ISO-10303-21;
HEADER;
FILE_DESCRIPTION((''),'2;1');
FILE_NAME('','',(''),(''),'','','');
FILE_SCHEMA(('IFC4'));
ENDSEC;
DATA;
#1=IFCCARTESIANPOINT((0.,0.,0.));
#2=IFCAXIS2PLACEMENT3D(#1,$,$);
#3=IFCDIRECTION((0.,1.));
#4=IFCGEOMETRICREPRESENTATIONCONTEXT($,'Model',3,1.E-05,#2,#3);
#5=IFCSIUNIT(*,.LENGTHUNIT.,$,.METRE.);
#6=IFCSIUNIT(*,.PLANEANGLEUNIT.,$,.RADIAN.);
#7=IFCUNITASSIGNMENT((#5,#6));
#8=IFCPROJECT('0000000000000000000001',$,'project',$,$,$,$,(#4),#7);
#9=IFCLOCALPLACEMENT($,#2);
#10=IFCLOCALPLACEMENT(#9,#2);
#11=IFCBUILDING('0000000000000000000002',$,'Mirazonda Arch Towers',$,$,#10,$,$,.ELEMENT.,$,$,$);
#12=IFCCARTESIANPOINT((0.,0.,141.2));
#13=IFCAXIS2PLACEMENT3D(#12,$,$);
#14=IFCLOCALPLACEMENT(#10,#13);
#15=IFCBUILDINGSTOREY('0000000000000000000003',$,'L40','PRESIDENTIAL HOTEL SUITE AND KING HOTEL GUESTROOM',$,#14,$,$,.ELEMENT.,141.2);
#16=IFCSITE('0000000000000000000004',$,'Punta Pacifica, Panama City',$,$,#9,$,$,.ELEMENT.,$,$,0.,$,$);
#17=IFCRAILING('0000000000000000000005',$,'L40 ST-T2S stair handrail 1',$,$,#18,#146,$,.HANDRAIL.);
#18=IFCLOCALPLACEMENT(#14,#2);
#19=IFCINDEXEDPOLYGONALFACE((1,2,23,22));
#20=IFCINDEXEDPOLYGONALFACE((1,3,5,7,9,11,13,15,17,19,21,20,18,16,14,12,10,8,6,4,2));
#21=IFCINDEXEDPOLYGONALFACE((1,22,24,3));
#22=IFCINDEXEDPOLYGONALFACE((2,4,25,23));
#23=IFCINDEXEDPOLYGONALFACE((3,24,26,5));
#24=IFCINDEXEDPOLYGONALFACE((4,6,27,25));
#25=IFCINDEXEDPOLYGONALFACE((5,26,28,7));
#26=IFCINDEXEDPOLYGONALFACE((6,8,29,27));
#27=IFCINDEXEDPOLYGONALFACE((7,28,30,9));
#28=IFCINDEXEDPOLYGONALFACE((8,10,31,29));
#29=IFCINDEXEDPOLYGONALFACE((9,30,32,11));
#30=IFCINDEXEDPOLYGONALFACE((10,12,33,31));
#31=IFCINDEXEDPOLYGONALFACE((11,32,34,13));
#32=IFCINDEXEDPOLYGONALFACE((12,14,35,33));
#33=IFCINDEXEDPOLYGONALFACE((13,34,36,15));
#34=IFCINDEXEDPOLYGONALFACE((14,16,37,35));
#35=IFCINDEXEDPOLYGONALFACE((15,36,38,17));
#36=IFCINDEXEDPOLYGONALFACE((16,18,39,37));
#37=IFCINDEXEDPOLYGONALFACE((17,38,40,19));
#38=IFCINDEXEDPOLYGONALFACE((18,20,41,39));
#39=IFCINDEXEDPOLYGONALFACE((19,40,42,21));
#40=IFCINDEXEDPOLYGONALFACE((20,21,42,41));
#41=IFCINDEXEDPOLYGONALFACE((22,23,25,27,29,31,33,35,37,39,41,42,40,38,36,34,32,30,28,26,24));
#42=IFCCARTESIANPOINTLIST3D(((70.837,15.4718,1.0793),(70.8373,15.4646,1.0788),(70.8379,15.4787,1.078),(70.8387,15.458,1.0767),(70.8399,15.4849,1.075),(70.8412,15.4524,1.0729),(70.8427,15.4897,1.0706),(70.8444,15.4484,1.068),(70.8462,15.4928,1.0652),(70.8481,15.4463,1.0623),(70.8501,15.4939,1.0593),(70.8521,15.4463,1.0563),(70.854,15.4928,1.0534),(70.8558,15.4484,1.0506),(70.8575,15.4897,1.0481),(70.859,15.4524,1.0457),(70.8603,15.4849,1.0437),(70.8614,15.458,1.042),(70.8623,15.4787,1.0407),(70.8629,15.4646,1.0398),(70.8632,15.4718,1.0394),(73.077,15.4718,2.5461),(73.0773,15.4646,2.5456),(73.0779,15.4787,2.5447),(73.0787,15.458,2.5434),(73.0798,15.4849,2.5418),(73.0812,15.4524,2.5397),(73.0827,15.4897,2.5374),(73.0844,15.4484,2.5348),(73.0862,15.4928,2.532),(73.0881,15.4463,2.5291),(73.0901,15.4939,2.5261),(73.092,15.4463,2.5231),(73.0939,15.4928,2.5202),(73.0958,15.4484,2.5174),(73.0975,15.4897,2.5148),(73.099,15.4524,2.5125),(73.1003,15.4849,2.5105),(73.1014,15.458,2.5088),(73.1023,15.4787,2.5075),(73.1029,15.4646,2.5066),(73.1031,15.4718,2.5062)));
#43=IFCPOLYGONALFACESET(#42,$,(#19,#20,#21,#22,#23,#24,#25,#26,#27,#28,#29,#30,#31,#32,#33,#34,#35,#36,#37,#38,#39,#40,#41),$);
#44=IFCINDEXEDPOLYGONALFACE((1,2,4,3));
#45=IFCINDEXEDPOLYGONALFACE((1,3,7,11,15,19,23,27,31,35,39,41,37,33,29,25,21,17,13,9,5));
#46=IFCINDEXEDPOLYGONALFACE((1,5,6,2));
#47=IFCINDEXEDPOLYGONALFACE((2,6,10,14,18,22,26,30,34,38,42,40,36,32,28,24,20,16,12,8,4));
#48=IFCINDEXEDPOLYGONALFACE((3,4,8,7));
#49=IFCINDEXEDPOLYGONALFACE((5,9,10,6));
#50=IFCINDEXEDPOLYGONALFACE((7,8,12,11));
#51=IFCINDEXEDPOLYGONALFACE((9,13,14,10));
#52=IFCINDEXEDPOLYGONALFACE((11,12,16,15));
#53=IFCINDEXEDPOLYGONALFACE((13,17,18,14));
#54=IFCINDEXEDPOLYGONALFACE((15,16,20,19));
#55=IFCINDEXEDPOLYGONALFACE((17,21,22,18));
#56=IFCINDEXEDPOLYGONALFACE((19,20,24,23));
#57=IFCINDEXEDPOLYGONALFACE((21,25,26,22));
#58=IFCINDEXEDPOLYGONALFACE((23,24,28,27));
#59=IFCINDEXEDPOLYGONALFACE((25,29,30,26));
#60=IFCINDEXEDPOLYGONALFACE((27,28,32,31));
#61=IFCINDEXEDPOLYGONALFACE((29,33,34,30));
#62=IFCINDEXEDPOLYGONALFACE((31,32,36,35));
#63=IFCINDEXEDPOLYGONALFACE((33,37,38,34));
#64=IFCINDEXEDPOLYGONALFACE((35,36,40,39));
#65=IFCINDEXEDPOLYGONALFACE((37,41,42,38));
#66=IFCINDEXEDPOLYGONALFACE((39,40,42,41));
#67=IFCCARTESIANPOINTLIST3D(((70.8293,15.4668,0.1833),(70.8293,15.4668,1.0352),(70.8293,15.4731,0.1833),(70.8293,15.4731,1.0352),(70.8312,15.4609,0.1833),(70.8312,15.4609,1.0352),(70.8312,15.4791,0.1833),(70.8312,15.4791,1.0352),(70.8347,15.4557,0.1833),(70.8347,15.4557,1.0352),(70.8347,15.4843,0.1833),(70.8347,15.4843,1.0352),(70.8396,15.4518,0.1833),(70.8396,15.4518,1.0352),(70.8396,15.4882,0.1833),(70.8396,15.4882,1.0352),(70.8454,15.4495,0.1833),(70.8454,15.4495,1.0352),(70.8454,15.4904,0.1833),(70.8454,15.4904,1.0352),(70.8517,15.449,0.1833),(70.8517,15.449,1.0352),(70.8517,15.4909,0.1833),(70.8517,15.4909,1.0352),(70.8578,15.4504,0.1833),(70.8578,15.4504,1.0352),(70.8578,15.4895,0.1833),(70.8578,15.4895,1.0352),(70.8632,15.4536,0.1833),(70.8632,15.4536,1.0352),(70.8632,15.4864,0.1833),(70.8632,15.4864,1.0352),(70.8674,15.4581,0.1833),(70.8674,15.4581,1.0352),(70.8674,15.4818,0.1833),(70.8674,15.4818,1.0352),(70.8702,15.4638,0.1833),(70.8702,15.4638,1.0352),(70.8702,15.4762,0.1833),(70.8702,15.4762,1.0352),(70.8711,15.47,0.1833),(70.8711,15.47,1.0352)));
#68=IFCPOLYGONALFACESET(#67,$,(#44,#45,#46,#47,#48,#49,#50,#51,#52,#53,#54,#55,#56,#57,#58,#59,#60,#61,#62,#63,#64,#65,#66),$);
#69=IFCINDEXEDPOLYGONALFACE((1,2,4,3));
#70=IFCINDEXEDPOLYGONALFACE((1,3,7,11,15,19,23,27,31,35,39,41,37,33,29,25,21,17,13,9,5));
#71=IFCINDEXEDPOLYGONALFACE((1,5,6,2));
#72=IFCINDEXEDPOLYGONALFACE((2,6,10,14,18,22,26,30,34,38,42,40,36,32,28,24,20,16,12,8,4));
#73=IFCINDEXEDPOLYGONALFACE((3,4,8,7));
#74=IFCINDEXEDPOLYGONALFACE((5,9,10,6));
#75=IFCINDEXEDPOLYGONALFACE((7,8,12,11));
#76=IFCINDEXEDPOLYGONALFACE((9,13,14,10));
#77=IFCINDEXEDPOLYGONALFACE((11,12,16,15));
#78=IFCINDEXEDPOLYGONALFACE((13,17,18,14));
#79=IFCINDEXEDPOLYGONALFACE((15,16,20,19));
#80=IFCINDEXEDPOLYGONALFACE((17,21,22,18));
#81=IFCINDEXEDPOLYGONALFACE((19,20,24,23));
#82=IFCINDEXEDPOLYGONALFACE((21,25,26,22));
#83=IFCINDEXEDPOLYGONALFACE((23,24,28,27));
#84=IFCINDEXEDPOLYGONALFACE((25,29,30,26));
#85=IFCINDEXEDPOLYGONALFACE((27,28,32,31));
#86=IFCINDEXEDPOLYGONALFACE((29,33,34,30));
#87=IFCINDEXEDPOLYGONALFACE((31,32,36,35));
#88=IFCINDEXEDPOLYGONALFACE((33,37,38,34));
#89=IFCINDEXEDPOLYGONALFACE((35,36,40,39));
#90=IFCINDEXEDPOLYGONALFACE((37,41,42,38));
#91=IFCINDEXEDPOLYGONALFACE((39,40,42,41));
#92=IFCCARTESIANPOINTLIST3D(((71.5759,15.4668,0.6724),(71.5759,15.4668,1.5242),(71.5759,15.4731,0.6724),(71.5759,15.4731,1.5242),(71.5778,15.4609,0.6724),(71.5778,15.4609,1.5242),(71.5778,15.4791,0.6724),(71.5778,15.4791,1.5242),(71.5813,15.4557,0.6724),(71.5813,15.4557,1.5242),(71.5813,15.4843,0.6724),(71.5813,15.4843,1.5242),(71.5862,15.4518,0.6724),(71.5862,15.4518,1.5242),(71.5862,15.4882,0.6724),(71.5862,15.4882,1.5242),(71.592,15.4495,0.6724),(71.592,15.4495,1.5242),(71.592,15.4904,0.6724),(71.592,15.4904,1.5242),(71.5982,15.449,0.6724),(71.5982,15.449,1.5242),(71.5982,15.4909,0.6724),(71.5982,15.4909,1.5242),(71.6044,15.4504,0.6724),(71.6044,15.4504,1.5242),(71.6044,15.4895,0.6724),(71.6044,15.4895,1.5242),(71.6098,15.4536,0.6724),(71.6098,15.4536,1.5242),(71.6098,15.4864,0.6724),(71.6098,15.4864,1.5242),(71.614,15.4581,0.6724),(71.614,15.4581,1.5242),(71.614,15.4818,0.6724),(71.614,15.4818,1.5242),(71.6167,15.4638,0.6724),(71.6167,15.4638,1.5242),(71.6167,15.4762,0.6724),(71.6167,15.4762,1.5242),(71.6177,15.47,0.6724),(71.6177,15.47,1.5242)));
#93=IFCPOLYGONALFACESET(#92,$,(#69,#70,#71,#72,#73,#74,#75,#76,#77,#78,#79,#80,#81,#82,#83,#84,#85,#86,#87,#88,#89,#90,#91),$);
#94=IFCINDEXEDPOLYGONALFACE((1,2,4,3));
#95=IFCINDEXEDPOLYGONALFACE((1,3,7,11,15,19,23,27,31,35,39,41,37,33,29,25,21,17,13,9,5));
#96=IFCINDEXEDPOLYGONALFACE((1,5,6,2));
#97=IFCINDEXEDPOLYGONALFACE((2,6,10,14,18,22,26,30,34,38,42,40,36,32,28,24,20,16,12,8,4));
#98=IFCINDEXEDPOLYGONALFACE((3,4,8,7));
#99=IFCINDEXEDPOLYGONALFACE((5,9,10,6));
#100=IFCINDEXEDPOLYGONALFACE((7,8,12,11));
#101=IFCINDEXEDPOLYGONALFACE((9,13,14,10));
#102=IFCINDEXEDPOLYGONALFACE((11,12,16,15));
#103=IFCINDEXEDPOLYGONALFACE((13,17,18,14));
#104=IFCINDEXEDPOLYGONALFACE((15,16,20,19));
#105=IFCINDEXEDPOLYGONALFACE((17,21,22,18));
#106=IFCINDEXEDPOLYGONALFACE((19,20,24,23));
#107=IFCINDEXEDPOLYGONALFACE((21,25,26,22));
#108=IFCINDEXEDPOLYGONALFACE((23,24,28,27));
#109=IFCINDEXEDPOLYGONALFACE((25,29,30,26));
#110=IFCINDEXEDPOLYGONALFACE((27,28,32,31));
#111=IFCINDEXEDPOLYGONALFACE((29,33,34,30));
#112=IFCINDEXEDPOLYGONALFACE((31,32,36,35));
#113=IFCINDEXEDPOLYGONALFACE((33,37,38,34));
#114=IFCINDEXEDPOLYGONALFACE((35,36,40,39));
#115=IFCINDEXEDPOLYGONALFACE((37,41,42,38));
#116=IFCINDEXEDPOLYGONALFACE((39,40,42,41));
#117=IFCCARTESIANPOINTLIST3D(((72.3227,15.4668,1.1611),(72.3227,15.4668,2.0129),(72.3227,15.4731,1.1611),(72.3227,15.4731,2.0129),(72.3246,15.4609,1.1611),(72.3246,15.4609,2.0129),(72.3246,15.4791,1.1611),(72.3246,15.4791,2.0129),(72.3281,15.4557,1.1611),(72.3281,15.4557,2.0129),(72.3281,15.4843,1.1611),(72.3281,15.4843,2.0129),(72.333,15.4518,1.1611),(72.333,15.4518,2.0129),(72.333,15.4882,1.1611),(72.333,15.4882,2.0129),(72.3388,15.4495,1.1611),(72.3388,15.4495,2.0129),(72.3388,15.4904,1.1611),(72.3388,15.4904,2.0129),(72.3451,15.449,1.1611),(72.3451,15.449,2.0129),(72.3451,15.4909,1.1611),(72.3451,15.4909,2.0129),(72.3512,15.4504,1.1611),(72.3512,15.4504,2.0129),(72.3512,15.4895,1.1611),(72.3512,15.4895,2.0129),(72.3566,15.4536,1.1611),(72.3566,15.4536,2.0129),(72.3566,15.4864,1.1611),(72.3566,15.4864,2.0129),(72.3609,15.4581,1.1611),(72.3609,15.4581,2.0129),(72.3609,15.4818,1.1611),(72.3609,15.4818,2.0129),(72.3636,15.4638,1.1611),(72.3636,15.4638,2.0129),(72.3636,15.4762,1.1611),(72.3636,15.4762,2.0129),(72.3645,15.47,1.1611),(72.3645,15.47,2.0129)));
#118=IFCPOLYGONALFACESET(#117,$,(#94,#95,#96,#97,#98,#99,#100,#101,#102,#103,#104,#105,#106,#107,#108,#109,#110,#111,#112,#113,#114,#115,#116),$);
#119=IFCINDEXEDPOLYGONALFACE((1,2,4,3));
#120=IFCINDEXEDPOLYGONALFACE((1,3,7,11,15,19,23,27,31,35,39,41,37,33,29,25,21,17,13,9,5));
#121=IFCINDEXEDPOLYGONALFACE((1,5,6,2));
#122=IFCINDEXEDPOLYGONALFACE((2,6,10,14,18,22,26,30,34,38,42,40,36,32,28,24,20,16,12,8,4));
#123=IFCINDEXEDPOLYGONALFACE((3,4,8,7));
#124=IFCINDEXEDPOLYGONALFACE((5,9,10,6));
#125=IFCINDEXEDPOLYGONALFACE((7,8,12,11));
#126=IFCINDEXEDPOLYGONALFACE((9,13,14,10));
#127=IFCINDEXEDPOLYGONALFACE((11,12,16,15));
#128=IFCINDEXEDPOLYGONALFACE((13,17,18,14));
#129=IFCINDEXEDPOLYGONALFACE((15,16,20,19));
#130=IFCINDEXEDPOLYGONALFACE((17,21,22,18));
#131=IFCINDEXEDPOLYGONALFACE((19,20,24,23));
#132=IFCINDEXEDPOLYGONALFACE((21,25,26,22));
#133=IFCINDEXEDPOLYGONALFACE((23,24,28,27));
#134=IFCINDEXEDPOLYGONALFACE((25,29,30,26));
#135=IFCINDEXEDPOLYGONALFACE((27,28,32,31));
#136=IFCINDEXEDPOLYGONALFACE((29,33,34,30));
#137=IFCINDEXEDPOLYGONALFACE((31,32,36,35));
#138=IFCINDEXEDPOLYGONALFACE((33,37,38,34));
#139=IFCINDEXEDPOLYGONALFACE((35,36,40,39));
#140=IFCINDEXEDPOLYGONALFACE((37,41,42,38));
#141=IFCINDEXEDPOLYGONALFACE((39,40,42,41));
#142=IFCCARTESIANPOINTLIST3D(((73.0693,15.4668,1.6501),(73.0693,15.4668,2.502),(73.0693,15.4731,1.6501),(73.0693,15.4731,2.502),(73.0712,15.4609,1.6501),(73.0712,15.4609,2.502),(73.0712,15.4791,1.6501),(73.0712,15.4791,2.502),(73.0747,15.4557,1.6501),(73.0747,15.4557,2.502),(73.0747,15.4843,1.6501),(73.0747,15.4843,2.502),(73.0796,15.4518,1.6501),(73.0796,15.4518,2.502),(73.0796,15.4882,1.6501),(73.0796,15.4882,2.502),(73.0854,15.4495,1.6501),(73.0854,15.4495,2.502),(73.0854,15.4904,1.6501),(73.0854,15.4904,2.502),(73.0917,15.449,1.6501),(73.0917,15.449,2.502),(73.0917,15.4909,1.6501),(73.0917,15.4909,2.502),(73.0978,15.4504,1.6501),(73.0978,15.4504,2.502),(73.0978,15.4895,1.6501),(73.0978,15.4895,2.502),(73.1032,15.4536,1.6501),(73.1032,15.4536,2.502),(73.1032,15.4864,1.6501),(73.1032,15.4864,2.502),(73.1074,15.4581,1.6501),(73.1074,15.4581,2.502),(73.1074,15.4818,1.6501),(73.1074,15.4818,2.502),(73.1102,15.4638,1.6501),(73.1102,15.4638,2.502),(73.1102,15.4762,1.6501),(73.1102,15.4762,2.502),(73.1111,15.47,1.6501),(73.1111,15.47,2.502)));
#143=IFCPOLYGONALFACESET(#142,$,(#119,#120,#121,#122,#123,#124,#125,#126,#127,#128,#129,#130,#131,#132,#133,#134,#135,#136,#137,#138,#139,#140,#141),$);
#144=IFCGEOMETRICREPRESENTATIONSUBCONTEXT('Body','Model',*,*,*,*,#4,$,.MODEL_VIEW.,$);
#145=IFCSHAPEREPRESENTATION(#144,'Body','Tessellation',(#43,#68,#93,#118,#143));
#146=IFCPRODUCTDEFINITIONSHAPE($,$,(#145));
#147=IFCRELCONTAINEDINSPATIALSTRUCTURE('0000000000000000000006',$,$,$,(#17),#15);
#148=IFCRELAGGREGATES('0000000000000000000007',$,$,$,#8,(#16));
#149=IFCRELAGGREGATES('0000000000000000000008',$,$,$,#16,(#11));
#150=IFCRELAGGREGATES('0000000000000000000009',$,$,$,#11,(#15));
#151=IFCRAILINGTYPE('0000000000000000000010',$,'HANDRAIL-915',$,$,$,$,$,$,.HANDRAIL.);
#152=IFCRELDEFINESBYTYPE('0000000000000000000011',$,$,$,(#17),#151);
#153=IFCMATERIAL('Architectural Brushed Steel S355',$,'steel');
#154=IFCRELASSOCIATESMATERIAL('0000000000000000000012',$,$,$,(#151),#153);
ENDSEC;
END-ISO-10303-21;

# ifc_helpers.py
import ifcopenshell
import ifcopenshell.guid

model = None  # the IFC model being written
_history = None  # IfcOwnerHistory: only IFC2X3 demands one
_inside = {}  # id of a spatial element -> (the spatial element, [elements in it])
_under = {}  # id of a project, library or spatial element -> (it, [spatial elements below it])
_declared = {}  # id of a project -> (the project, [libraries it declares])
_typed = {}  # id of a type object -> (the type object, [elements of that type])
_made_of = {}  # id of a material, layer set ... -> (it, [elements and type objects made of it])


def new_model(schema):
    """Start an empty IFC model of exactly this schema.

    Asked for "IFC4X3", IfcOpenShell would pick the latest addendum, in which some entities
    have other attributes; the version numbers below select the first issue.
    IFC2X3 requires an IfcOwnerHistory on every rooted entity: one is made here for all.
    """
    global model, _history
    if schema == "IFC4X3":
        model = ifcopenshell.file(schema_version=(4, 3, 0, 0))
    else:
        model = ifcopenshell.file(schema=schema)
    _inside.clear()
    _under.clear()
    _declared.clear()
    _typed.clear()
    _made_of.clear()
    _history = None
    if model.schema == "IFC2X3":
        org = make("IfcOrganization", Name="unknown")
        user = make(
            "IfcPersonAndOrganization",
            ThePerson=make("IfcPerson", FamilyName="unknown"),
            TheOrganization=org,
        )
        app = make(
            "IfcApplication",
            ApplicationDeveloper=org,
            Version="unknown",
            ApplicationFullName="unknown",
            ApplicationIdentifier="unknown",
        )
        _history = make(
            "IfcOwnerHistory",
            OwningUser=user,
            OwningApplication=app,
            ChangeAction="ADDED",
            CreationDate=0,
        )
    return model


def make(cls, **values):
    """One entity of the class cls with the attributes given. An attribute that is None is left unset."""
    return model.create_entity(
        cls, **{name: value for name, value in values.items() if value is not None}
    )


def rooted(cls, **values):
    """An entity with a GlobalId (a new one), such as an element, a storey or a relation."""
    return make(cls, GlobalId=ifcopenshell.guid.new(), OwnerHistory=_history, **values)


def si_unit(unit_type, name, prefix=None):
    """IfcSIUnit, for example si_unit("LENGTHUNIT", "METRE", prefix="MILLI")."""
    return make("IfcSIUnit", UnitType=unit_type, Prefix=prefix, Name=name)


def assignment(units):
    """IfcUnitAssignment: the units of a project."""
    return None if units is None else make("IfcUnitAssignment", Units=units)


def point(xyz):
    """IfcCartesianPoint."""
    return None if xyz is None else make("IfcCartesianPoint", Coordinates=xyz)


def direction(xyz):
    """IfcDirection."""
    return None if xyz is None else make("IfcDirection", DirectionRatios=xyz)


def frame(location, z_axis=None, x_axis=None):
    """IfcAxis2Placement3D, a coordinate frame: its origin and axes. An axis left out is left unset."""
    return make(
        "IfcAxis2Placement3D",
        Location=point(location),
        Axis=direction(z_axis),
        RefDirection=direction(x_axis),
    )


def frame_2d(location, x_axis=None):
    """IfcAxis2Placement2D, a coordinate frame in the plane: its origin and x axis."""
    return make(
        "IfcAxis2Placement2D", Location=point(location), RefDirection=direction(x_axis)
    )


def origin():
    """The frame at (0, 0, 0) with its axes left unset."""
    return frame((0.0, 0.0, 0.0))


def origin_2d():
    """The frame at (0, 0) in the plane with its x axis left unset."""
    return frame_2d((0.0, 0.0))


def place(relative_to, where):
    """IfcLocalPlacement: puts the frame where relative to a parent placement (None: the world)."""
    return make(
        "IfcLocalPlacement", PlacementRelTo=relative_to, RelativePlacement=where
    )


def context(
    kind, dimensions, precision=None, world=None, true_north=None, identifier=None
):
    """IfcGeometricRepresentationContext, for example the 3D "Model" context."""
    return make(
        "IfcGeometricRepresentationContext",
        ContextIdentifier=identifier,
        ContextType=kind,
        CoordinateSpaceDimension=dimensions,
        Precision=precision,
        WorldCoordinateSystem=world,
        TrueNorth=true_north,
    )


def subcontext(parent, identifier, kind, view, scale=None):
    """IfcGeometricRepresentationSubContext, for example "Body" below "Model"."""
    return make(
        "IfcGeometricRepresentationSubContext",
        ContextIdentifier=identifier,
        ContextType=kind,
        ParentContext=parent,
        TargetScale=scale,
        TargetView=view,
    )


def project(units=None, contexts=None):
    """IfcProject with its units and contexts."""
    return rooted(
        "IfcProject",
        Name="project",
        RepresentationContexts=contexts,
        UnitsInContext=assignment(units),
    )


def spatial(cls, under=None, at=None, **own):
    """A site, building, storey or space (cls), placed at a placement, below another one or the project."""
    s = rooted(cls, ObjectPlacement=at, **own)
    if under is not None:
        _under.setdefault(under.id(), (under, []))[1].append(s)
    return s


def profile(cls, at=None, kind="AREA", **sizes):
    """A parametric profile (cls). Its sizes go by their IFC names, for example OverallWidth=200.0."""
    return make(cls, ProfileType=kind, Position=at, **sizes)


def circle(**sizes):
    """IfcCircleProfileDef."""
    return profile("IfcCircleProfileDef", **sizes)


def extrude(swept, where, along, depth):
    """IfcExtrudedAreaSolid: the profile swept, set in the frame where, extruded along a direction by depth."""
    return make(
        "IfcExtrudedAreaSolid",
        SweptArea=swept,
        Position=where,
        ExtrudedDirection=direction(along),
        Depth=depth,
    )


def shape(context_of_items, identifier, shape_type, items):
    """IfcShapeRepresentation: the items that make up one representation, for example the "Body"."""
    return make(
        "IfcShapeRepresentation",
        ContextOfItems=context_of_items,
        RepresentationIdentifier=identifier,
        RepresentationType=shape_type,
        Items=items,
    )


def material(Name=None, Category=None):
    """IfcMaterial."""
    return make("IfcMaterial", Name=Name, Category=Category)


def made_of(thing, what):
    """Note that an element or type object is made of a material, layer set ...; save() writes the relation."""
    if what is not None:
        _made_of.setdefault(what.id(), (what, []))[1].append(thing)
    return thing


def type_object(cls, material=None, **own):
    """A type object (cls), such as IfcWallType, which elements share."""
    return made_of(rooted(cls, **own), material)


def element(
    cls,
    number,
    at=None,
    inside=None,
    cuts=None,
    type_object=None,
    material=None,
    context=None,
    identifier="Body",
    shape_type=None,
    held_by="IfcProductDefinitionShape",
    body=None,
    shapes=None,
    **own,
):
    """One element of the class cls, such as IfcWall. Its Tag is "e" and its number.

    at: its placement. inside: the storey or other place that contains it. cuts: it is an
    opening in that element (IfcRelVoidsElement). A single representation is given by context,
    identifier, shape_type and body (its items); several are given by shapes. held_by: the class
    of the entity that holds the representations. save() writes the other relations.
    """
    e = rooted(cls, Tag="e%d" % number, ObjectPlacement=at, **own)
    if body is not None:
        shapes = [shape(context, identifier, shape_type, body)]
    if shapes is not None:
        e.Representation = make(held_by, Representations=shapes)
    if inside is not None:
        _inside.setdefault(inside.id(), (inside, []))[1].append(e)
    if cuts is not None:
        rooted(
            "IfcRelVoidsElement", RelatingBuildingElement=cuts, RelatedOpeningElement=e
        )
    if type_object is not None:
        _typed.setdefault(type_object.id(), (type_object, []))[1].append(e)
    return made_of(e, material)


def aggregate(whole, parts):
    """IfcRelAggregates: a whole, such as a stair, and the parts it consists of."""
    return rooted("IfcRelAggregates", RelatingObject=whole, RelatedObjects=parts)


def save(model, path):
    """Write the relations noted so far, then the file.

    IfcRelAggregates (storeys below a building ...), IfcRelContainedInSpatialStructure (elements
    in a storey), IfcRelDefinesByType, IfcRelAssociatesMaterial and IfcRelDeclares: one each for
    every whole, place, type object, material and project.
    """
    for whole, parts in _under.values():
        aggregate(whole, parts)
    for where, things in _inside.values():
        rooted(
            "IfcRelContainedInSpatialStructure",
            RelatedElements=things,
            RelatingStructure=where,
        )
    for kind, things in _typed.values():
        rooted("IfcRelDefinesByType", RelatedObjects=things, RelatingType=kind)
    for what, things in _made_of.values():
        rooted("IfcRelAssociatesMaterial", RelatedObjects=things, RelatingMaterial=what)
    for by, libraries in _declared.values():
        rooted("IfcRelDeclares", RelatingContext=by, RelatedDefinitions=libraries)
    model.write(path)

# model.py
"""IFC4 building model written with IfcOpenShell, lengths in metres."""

from ifc_helpers import new_model, si_unit, direction, frame, origin, origin_2d, place, context, subcontext, project, spatial, circle, extrude, material, type_object, element, save


model = new_model("IFC4")

# Units and contexts
model_context = context("Model", 3, precision=1e-05, world=origin(), true_north=direction((0.0, 1.0)))
body_context = subcontext(model_context, "Body", "Model", "MODEL_VIEW")
ifc_project = project(units=[si_unit("LENGTHUNIT", "METRE"), si_unit("PLANEANGLEUNIT", "RADIAN")], contexts=[model_context])

# Site, building, storey
site_placement = place(None, origin())
site = spatial("IfcSite", under=ifc_project, at=site_placement, Name="Punta Pacifica, Panama City", CompositionType="ELEMENT", RefElevation=0.0)
building_placement = place(site_placement, origin())
building = spatial("IfcBuilding", under=site, at=building_placement, Name="Mirazonda Arch Towers", CompositionType="ELEMENT")
storey_placement = place(building_placement, frame((0.0, 0.0, 141.2)))
storey = spatial("IfcBuildingStorey", under=building, at=storey_placement, Name="L40", Description="PRESIDENTIAL HOTEL SUITE AND KING HOTEL GUESTROOM", CompositionType="ELEMENT", Elevation=141.2)

# Railing
ifc_material_1 = material(Name="Architectural Brushed Steel S355", Category="steel")
railing_type_1 = type_object("IfcRailingType", Name="HANDRAIL-915", PredefinedType="HANDRAIL", material=ifc_material_1)
railing_1_placement = place(storey_placement, frame((70.8501, 15.47, 0.1833)))
element("IfcRailing", 1, at=railing_1_placement, inside=storey, type_object=railing_type_1, Name="L40 ST-T2S stair handrail 1", PredefinedType="HANDRAIL", context=body_context, shape_type="SweptSolid", body=[
    extrude(circle(Radius=0.0239, at=origin_2d()), frame((0.0, 0.0, 0.876), z_axis=(0.836595, 0.0, 0.547822), x_axis=(0.0, 1.0, 0.0)), (0.0, 0.0, 1.0), 2.6775),
    extrude(circle(Radius=0.021, at=origin_2d()), origin(), (0.0, 0.0, 1.0), 0.8518),
    extrude(circle(Radius=0.021, at=origin_2d()), frame((0.7466, 0.0, 0.489)), (0.0, 0.0, 1.0), 0.8518),
    extrude(circle(Radius=0.021, at=origin_2d()), frame((1.4934, 0.0, 0.9778)), (0.0, 0.0, 1.0), 0.8518),
    extrude(circle(Radius=0.021, at=origin_2d()), frame((2.24, 0.0, 1.4668)), (0.0, 0.0, 1.0), 0.8518),
])

save(model, "model.ifc")
